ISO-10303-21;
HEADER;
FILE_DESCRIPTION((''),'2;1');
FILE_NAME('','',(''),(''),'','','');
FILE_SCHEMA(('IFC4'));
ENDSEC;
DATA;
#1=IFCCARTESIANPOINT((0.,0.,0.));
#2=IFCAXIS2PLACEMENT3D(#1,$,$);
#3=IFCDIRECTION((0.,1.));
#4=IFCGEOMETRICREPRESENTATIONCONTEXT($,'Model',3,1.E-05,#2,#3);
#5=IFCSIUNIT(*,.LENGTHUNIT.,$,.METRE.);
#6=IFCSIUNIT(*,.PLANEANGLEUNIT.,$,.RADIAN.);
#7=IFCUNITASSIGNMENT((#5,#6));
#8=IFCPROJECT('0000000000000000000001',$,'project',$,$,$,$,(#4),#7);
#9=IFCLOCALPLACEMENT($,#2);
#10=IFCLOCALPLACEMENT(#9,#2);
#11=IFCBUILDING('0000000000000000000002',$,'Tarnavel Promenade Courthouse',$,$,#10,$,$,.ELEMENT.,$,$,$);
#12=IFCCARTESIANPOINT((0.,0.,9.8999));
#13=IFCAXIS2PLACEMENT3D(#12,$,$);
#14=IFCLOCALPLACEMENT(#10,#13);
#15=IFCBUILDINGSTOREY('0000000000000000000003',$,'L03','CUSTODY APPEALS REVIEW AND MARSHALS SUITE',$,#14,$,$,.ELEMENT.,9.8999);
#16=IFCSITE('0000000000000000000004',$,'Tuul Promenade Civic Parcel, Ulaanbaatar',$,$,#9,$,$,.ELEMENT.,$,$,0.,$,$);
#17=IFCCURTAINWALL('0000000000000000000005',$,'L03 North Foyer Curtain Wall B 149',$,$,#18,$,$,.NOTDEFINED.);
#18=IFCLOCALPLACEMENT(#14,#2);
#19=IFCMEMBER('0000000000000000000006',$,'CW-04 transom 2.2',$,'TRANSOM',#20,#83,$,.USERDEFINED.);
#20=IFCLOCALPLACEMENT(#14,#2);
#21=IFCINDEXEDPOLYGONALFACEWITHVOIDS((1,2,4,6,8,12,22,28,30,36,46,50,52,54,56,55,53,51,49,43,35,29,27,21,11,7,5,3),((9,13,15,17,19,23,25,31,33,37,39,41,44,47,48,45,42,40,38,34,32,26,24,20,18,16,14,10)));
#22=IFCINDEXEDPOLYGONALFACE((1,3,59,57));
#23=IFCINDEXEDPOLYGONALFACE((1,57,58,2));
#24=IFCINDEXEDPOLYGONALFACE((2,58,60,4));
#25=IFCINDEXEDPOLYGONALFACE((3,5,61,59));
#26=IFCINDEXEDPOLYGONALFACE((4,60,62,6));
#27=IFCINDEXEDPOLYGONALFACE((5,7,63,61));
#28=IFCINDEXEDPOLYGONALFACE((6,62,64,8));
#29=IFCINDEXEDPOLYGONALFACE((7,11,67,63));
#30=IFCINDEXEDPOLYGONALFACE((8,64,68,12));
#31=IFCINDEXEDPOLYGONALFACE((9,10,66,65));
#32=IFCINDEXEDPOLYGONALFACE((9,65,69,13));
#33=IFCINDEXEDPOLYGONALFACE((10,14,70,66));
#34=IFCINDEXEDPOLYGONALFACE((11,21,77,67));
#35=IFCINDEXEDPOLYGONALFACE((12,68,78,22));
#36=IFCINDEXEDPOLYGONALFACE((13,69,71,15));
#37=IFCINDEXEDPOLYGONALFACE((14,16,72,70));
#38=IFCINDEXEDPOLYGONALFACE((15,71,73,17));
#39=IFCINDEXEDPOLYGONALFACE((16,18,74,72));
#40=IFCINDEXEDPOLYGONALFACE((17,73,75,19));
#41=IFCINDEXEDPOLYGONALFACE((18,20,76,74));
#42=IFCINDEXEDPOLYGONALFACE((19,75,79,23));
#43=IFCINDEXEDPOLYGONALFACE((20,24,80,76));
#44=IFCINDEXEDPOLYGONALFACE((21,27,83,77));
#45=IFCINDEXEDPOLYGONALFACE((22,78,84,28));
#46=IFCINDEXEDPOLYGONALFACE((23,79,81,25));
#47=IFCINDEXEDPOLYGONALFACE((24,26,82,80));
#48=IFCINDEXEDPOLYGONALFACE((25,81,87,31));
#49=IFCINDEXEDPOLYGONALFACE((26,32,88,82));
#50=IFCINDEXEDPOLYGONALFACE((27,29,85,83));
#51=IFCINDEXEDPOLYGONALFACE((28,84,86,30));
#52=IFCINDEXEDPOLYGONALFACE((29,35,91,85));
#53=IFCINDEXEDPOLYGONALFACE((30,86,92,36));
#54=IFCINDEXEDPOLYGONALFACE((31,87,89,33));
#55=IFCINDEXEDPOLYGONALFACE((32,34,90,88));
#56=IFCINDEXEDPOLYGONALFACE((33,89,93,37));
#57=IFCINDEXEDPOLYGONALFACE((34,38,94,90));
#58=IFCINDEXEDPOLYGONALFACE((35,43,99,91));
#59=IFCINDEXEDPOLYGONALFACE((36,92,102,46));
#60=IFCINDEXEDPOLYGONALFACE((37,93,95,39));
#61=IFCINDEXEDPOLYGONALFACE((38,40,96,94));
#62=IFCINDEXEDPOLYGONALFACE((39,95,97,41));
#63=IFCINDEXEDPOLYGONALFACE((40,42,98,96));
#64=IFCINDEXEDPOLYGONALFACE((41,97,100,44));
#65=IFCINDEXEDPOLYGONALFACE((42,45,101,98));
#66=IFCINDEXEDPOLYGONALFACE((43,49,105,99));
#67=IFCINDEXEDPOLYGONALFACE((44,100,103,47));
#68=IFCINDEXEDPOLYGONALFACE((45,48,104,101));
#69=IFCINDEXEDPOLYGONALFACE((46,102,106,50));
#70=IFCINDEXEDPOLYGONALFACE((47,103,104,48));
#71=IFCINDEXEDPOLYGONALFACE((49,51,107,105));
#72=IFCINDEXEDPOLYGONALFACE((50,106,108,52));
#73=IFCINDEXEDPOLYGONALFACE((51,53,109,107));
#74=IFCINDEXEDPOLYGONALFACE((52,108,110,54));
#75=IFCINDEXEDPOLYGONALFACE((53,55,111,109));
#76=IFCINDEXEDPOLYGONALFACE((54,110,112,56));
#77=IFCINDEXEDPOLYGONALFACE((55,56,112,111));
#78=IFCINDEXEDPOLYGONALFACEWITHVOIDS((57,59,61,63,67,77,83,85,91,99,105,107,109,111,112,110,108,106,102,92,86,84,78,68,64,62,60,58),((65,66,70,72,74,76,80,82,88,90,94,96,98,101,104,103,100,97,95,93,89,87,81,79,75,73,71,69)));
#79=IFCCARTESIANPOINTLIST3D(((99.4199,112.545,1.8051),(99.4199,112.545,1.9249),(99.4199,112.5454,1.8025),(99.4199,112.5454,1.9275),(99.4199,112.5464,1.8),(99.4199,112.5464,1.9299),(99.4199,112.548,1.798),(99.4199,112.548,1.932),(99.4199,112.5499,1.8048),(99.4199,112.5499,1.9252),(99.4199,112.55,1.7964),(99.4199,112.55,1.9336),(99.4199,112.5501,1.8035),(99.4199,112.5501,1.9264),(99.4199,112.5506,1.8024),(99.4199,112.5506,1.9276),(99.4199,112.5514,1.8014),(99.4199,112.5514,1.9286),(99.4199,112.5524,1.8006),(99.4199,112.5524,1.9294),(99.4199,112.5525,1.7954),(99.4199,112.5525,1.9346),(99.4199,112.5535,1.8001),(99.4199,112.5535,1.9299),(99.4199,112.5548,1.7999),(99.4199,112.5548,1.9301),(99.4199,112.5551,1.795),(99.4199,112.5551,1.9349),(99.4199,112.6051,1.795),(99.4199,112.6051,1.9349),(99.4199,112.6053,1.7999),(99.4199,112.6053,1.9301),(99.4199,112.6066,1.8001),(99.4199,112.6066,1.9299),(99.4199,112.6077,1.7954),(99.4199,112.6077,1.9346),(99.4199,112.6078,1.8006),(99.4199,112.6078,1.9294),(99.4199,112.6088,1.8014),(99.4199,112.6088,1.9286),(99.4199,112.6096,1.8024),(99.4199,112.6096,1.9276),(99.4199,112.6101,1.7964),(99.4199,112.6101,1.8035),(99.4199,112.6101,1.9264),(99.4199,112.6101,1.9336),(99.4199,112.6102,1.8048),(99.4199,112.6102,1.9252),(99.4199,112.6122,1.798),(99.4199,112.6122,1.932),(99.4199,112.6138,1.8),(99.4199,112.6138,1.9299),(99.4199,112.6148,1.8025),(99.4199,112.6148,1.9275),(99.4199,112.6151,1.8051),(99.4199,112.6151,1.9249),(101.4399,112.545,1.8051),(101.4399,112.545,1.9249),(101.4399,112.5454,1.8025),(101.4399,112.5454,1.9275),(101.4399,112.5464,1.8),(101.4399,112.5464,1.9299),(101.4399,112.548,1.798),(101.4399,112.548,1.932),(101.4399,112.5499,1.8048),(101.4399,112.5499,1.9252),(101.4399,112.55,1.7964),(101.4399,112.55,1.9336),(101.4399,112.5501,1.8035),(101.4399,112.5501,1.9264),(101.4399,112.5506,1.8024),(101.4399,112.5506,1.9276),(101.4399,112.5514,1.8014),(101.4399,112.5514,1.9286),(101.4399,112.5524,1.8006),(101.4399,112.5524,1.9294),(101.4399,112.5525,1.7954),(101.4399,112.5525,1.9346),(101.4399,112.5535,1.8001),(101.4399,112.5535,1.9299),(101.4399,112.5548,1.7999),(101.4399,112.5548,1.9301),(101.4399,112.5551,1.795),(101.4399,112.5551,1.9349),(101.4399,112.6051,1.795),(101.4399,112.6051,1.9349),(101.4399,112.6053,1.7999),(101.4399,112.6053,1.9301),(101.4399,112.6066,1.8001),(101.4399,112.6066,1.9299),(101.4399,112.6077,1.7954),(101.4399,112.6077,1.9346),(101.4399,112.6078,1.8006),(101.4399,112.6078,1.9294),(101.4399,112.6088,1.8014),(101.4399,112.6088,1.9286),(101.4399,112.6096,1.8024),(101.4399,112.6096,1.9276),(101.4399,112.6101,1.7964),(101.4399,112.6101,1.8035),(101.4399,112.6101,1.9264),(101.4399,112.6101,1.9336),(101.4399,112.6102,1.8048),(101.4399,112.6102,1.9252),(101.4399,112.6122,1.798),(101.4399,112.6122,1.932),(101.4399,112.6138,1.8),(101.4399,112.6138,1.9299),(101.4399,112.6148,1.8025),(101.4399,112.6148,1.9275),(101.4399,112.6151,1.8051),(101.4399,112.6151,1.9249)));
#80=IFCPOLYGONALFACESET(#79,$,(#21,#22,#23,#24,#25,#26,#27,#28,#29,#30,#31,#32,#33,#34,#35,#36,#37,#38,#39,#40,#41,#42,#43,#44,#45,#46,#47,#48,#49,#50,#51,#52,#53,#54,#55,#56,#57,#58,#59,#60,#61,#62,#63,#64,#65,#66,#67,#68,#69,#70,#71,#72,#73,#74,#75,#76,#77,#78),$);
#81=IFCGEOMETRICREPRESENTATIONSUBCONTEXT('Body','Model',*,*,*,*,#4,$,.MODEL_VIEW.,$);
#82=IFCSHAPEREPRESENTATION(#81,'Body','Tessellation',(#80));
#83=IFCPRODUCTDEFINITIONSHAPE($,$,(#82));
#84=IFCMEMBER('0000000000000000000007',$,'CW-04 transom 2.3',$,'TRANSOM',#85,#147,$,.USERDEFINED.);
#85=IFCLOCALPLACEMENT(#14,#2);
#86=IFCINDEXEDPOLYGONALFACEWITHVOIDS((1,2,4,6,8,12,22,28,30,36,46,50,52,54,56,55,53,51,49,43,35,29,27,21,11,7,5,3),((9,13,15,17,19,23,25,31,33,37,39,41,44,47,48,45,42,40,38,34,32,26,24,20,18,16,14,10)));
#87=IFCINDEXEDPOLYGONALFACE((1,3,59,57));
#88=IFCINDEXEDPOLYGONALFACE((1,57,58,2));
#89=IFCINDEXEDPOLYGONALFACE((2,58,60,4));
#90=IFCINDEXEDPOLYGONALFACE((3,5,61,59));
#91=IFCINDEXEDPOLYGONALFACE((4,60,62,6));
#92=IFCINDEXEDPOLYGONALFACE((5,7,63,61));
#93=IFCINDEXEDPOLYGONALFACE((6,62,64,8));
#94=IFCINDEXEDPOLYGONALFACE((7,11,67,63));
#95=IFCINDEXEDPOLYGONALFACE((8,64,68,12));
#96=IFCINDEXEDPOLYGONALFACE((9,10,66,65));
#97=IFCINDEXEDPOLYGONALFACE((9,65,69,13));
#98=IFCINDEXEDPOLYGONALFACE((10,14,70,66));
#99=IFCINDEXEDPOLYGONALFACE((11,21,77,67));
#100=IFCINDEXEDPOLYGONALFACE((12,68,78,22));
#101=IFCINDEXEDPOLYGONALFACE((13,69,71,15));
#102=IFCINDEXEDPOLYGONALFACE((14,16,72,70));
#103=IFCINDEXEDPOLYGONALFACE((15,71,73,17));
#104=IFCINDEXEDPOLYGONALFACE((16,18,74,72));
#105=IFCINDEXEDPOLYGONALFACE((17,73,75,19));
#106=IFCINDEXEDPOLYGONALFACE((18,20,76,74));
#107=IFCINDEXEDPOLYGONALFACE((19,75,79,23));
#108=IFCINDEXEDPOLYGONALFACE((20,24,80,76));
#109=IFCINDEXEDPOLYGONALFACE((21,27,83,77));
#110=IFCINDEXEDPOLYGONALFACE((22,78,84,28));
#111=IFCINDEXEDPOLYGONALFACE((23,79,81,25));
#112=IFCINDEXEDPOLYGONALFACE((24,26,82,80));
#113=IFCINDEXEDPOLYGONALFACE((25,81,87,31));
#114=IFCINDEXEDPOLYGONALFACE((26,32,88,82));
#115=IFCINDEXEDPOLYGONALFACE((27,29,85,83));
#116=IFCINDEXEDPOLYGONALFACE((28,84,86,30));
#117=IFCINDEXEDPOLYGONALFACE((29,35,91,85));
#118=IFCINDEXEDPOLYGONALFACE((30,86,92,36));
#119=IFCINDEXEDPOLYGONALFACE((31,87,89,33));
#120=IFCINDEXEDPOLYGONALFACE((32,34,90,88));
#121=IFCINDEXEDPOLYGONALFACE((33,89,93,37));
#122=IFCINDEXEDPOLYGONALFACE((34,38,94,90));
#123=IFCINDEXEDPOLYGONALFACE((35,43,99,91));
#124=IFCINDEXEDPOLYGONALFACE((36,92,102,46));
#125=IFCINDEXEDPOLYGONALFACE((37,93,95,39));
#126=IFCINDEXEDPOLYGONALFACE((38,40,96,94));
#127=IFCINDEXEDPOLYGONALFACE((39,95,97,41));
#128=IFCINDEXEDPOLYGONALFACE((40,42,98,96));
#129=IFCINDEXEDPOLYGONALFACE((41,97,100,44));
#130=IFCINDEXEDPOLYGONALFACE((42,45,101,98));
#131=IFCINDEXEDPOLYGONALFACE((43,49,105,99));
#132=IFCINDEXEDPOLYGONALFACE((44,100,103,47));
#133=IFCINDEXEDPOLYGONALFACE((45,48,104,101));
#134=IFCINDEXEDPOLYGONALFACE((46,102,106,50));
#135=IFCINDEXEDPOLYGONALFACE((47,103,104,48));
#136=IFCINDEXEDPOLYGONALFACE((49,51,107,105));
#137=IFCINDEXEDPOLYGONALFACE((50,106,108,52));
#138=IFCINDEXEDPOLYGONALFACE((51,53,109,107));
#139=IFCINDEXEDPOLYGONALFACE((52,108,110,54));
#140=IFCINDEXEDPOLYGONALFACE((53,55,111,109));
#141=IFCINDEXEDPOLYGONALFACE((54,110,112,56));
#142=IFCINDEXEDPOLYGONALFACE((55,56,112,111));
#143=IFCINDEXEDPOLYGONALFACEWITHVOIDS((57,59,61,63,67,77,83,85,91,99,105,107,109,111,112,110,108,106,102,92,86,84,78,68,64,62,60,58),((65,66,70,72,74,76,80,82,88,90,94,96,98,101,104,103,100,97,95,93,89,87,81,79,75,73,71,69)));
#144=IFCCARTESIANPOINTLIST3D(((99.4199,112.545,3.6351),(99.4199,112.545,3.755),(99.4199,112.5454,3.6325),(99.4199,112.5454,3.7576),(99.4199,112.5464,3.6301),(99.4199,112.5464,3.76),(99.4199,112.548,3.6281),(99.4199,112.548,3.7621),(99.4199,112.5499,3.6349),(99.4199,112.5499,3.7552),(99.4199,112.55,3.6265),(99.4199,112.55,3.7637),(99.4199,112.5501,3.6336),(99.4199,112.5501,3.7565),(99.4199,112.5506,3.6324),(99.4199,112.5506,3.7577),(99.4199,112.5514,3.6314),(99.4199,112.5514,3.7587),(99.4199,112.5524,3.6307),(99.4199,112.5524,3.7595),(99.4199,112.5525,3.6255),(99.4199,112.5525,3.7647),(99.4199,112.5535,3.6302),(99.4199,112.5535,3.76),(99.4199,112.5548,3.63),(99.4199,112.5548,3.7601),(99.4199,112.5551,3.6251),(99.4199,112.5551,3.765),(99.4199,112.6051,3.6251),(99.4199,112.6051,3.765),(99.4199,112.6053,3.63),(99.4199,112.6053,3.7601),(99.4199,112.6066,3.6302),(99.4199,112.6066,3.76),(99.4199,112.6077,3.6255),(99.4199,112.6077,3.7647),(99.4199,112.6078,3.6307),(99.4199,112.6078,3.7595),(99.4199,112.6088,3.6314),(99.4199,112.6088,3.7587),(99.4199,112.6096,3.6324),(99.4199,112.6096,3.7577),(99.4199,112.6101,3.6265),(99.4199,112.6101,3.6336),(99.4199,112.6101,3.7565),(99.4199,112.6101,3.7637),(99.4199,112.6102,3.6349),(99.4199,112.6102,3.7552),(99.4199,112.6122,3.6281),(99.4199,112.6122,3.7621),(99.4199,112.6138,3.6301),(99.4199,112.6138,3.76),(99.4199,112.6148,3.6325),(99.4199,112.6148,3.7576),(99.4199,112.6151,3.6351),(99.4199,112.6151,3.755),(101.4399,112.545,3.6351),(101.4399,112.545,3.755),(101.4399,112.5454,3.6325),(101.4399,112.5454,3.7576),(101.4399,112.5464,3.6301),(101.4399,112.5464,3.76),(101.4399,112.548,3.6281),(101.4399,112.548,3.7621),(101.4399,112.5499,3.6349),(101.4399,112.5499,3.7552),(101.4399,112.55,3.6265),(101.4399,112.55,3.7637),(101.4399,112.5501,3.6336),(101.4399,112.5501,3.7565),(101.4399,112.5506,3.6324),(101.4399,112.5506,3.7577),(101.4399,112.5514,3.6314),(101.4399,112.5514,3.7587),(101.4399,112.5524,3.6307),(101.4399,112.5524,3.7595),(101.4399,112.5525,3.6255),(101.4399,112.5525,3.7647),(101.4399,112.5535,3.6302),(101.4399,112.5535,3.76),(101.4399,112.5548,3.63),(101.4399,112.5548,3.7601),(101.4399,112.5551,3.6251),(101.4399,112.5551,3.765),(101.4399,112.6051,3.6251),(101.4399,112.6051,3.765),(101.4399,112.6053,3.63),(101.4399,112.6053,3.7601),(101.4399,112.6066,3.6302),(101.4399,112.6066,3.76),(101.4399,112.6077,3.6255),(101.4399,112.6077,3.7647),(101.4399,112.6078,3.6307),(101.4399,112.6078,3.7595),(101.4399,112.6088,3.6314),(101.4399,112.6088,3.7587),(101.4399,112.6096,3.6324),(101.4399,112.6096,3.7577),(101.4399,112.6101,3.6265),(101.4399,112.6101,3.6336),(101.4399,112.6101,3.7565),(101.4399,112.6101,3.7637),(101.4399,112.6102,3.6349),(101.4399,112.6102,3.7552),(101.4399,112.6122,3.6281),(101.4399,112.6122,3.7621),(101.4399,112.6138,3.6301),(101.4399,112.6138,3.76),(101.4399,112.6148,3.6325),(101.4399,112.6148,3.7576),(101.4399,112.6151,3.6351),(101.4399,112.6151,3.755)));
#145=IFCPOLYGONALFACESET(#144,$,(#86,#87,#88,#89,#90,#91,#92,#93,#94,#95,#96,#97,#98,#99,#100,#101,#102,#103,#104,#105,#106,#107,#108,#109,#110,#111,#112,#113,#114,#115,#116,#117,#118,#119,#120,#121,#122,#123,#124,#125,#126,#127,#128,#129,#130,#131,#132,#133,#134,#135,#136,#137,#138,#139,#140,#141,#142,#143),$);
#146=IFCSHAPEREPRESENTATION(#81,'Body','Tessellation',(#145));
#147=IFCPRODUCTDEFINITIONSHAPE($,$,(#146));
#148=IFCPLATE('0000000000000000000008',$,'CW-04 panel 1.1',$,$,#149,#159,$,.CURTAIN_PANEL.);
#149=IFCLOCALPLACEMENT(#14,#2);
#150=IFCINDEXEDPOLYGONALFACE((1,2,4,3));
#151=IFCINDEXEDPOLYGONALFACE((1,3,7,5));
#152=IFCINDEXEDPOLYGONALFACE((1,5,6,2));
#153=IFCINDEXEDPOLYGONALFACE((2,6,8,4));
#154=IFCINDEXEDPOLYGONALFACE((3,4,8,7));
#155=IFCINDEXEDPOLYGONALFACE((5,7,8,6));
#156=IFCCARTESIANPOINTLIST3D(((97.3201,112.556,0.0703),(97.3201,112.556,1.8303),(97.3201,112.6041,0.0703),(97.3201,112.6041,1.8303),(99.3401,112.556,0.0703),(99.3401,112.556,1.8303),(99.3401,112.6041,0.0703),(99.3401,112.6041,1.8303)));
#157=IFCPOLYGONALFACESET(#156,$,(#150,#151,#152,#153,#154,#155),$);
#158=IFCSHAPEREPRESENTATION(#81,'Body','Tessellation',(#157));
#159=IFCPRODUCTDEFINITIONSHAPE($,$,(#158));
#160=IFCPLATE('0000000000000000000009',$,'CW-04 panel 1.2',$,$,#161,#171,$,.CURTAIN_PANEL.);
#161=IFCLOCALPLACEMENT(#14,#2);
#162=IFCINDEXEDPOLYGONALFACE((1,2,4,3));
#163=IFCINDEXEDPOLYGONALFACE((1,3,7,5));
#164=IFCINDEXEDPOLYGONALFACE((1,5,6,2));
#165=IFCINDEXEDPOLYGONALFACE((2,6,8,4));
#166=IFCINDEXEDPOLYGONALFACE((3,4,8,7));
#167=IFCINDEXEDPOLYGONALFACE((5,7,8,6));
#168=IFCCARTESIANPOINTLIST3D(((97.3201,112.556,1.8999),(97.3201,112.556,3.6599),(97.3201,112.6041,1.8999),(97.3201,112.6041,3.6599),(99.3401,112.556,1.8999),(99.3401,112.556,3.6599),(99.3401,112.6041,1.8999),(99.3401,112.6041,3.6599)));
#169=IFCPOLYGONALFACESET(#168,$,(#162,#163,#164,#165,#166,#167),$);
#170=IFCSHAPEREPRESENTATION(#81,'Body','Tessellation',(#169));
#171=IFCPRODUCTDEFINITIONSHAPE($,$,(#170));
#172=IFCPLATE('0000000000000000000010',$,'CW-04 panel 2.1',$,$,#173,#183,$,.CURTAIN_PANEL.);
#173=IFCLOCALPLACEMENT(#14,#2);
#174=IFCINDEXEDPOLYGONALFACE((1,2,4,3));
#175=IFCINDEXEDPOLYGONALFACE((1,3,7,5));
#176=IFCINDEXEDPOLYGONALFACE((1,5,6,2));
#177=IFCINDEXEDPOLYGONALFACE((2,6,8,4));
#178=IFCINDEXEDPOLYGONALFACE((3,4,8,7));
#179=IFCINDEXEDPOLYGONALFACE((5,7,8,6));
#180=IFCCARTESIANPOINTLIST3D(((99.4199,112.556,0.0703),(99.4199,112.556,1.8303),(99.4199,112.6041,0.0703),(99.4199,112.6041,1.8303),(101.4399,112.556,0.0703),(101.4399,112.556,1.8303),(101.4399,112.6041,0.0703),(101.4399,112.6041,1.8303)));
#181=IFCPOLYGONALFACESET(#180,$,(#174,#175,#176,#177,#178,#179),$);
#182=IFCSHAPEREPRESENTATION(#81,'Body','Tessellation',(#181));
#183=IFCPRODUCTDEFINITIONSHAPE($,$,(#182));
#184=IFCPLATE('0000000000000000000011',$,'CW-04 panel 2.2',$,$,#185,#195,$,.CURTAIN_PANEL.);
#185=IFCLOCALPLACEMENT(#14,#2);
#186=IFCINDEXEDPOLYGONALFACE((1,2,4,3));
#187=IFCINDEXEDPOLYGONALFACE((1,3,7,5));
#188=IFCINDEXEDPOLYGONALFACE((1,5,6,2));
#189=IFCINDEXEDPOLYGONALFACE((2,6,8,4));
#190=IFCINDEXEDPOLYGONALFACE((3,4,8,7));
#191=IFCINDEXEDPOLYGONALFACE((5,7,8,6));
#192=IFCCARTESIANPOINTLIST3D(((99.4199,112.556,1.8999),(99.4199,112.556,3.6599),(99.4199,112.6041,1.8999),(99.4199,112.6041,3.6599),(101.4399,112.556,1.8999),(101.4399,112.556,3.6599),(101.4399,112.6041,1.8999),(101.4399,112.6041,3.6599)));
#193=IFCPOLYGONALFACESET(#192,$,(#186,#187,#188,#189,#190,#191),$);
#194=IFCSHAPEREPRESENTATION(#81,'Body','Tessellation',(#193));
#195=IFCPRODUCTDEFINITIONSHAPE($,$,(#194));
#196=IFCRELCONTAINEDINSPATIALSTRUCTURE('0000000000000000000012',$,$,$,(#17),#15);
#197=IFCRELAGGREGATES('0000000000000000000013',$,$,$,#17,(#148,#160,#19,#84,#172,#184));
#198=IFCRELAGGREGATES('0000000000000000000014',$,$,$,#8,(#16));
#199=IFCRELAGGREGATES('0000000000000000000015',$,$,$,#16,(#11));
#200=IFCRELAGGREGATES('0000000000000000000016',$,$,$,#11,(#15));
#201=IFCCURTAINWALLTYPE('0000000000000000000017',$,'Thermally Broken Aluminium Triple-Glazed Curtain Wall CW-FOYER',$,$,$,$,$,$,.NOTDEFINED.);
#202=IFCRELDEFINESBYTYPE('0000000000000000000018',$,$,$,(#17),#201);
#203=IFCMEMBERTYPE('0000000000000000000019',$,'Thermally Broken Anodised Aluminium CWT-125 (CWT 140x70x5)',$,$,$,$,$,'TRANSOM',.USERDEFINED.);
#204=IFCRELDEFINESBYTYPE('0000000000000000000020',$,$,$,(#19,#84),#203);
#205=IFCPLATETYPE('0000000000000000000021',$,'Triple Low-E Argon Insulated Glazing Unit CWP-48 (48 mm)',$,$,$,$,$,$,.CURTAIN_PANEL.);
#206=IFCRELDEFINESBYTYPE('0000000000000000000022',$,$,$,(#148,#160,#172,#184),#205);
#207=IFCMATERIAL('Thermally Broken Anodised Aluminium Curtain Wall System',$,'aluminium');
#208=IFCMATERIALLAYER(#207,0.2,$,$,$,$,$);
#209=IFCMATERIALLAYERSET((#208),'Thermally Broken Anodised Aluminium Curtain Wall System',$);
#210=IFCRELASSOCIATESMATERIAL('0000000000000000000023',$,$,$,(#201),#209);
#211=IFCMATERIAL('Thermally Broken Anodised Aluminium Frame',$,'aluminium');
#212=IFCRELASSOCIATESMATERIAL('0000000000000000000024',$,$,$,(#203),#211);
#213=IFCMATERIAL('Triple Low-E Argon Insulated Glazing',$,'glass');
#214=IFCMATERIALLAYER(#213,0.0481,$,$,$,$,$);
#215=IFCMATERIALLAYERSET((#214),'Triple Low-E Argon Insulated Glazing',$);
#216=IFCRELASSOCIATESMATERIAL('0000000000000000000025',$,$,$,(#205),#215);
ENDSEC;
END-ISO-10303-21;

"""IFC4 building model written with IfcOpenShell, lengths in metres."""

from ifc_helpers import new_model, si_unit, direction, frame, origin, origin_2d, place, context, subcontext, project, spatial, rectangle, hollow_rectangle, extrude, material, layer, layer_set, material_profile, profile_set, type_object, element, aggregate, save


model = new_model("IFC4")

# Units and contexts
model_context = context("Model", 3, precision=1e-05, world=origin(), true_north=direction((0.0, 1.0)))
body_context = subcontext(model_context, "Body", "Model", "MODEL_VIEW")
ifc_project = project(units=[si_unit("LENGTHUNIT", "METRE"), si_unit("PLANEANGLEUNIT", "RADIAN")], contexts=[model_context])

# Site, building, storey
site_placement = place(None, origin())
site = spatial("IfcSite", under=ifc_project, at=site_placement, Name="Tuul Promenade Civic Parcel, Ulaanbaatar", CompositionType="ELEMENT", RefElevation=0.0)
building_placement = place(site_placement, origin())
building = spatial("IfcBuilding", under=site, at=building_placement, Name="Tarnavel Promenade Courthouse", CompositionType="ELEMENT")
storey_placement = place(building_placement, frame((0.0, 0.0, 9.8999)))
storey = spatial("IfcBuildingStorey", under=building, at=storey_placement, Name="L03", Description="CUSTODY APPEALS REVIEW AND MARSHALS SUITE", CompositionType="ELEMENT", Elevation=9.8999)

# Shared definitions
ifc_material_1 = material(Name="Thermally Broken Anodised Aluminium Curtain Wall System", Category="aluminium")
ifc_layer_1 = layer(ifc_material_1, 0.2)
ifc_layer_set_1 = layer_set([ifc_layer_1], Name="Thermally Broken Anodised Aluminium Curtain Wall System")
curtain_wall_type = type_object("IfcCurtainWallType", Name="Thermally Broken Aluminium Triple-Glazed Curtain Wall CW-FOYER", PredefinedType="NOTDEFINED", material=ifc_layer_set_1)
ifc_material_2 = material(Name="Thermally Broken Anodised Aluminium Frame", Category="aluminium")

# Curtain wall, members, plates
curtain_wall_1_placement = place(storey_placement, origin())
curtain_wall_1 = element("IfcCurtainWall", 1, at=curtain_wall_1_placement, inside=storey, type_object=curtain_wall_type, Name="L03 North Foyer Curtain Wall B 149", PredefinedType="NOTDEFINED")
ifc_material_profile_1 = material_profile(ifc_material_2, hollow_rectangle(XDim=0.0701, YDim=0.1399, WallThickness=0.0049, InnerFilletRadius=0.0049, OuterFilletRadius=0.01, at=origin_2d()), Name="CWT 140x70x5")
ifc_profile_set_1 = profile_set([ifc_material_profile_1], Name="Thermally Broken Anodised Aluminium Frame")
member_type_1 = type_object("IfcMemberType", Name="Thermally Broken Anodised Aluminium CWT-125 (CWT 140x70x5)", ElementType="TRANSOM", PredefinedType="USERDEFINED", material=ifc_profile_set_1)
member_1_placement = place(storey_placement, frame((99.4199, 112.5801, 1.865), z_axis=(1.0, 0.0, 0.0), x_axis=(0.0, 1.0, 0.0)))
member_1 = element("IfcMember", 2, at=member_1_placement, type_object=member_type_1, Name="CW-04 transom 2.2", ObjectType="TRANSOM", PredefinedType="USERDEFINED", context=body_context, shape_type="SweptSolid", body=[
    extrude(hollow_rectangle(XDim=0.0701, YDim=0.1399, WallThickness=0.0049, InnerFilletRadius=0.0049, OuterFilletRadius=0.01, at=origin_2d()), origin(), (0.0, 0.0, 1.0), 2.02),
])
member_2_placement = place(storey_placement, frame((99.4199, 112.5801, 3.6951), z_axis=(1.0, 0.0, 0.0), x_axis=(0.0, 1.0, 0.0)))
member_2 = element("IfcMember", 3, at=member_2_placement, type_object=member_type_1, Name="CW-04 transom 2.3", ObjectType="TRANSOM", PredefinedType="USERDEFINED", context=body_context, shape_type="SweptSolid", body=[
    extrude(hollow_rectangle(XDim=0.0701, YDim=0.1399, WallThickness=0.0049, InnerFilletRadius=0.0049, OuterFilletRadius=0.01, at=origin_2d()), origin(), (0.0, 0.0, 1.0), 2.02),
])
ifc_material_3 = material(Name="Triple Low-E Argon Insulated Glazing", Category="glass")
ifc_layer_2 = layer(ifc_material_3, 0.0481)
ifc_layer_set_2 = layer_set([ifc_layer_2], Name="Triple Low-E Argon Insulated Glazing")
plate_type = type_object("IfcPlateType", Name="Triple Low-E Argon Insulated Glazing Unit CWP-48 (48 mm)", PredefinedType="CURTAIN_PANEL", material=ifc_layer_set_2)
plate_1_placement = place(storey_placement, frame((98.3301, 112.5801, 0.0703), z_axis=(0.0, 0.0, 1.0), x_axis=(1.0, 0.0, 0.0)))
plate_1 = element("IfcPlate", 4, at=plate_1_placement, type_object=plate_type, Name="CW-04 panel 1.1", PredefinedType="CURTAIN_PANEL", context=body_context, shape_type="SweptSolid", body=[
    extrude(rectangle(XDim=2.02, YDim=0.0481, at=origin_2d()), origin(), (0.0, 0.0, 1.0), 1.76),
])
plate_2_placement = place(storey_placement, frame((98.3301, 112.5801, 1.8999), z_axis=(0.0, 0.0, 1.0), x_axis=(1.0, 0.0, 0.0)))
plate_2 = element("IfcPlate", 5, at=plate_2_placement, type_object=plate_type, Name="CW-04 panel 1.2", PredefinedType="CURTAIN_PANEL", context=body_context, shape_type="SweptSolid", body=[
    extrude(rectangle(XDim=2.02, YDim=0.0481, at=origin_2d()), origin(), (0.0, 0.0, 1.0), 1.76),
])
plate_3_placement = place(storey_placement, frame((100.4299, 112.5801, 0.0703), z_axis=(0.0, 0.0, 1.0), x_axis=(1.0, 0.0, 0.0)))
plate_3 = element("IfcPlate", 6, at=plate_3_placement, type_object=plate_type, Name="CW-04 panel 2.1", PredefinedType="CURTAIN_PANEL", context=body_context, shape_type="SweptSolid", body=[
    extrude(rectangle(XDim=2.02, YDim=0.0481, at=origin_2d()), origin(), (0.0, 0.0, 1.0), 1.76),
])
plate_4_placement = place(storey_placement, frame((100.4299, 112.5801, 1.8999), z_axis=(0.0, 0.0, 1.0), x_axis=(1.0, 0.0, 0.0)))
plate_4 = element("IfcPlate", 7, at=plate_4_placement, type_object=plate_type, Name="CW-04 panel 2.2", PredefinedType="CURTAIN_PANEL", context=body_context, shape_type="SweptSolid", body=[
    extrude(rectangle(XDim=2.02, YDim=0.0481, at=origin_2d()), origin(), (0.0, 0.0, 1.0), 1.76),
])
aggregate(curtain_wall_1, [plate_1, plate_2, member_1, member_2, plate_3, plate_4])

save(model, "model.ifc")
